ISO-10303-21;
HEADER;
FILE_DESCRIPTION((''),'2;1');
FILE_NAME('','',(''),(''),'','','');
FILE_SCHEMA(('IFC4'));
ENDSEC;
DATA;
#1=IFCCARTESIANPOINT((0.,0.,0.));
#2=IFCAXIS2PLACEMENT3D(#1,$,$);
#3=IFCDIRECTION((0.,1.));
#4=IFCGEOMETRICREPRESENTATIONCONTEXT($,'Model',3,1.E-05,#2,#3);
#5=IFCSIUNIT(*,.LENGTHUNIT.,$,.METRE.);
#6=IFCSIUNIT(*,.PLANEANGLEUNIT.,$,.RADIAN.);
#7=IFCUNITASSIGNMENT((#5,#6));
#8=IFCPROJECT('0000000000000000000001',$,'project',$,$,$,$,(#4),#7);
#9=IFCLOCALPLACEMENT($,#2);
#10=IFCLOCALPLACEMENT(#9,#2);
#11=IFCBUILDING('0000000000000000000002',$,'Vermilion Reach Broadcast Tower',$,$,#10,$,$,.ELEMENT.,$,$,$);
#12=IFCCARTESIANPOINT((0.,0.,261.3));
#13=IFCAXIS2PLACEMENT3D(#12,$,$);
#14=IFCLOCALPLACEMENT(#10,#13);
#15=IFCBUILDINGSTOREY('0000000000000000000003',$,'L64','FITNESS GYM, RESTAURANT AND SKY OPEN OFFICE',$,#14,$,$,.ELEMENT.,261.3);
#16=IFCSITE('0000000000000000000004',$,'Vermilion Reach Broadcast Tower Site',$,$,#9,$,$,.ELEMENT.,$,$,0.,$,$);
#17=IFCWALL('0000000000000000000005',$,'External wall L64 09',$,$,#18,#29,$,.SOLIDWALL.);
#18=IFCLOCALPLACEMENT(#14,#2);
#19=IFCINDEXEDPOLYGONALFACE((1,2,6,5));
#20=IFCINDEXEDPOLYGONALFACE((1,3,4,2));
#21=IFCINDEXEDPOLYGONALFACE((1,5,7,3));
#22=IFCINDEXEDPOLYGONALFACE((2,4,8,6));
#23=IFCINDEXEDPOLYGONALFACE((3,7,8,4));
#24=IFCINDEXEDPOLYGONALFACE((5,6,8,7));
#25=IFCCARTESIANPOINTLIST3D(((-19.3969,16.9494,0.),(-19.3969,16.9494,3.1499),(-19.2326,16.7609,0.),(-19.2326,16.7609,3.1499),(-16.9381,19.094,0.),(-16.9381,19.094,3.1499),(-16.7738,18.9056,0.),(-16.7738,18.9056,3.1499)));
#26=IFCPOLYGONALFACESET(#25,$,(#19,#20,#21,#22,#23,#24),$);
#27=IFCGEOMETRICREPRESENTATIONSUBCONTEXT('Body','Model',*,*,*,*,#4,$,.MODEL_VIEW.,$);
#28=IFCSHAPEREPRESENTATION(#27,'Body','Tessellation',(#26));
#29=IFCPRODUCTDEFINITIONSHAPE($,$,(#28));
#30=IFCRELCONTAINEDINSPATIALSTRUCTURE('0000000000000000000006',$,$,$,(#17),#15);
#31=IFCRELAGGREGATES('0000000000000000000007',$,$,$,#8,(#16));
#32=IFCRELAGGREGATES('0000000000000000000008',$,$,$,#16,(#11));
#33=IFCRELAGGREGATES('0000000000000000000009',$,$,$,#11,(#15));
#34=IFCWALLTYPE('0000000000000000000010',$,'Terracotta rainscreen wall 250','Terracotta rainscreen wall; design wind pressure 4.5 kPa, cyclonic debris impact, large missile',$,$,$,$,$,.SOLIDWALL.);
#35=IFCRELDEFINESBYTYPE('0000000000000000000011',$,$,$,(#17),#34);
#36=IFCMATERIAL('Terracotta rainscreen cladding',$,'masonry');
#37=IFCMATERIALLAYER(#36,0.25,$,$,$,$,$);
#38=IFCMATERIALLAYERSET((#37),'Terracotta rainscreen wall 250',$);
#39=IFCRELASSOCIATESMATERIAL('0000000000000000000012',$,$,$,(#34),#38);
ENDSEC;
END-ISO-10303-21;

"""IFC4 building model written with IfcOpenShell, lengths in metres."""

from ifc_helpers import new_model, si_unit, direction, frame, frame_2d, origin, place, context, subcontext, project, spatial, rectangle, extrude, material, layer, layer_set, type_object, element, save


model = new_model("IFC4")

# Units and contexts
model_context = context("Model", 3, precision=1e-05, world=origin(), true_north=direction((0.0, 1.0)))
body_context = subcontext(model_context, "Body", "Model", "MODEL_VIEW")
ifc_project = project(units=[si_unit("LENGTHUNIT", "METRE"), si_unit("PLANEANGLEUNIT", "RADIAN")], contexts=[model_context])

# Site, building, storey
site_placement = place(None, origin())
site = spatial("IfcSite", under=ifc_project, at=site_placement, Name="Vermilion Reach Broadcast Tower Site", CompositionType="ELEMENT", RefElevation=0.0)
building_placement = place(site_placement, origin())
building = spatial("IfcBuilding", under=site, at=building_placement, Name="Vermilion Reach Broadcast Tower", CompositionType="ELEMENT")
storey_placement = place(building_placement, frame((0.0, 0.0, 261.3)))
storey = spatial("IfcBuildingStorey", under=building, at=storey_placement, Name="L64", Description="FITNESS GYM, RESTAURANT AND SKY OPEN OFFICE", CompositionType="ELEMENT", Elevation=261.3)

# Wall
ifc_material_1 = material(Name="Terracotta rainscreen cladding", Category="masonry")
ifc_layer_1 = layer(ifc_material_1, 0.25)
ifc_layer_set_1 = layer_set([ifc_layer_1], Name="Terracotta rainscreen wall 250")
wall_type_1 = type_object("IfcWallType", Name="Terracotta rainscreen wall 250", Description="Terracotta rainscreen wall; design wind pressure 4.5 kPa, cyclonic debris impact, large missile", PredefinedType="SOLIDWALL", material=ifc_layer_set_1)
wall_1_placement = place(storey_placement, frame((-16.856, 18.9998, 0.0), z_axis=(0.0, 0.0, 1.0), x_axis=(-0.753619, -0.657312, 0.0)))
element("IfcWall", 1, at=wall_1_placement, inside=storey, type_object=wall_type_1, Name="External wall L64 09", PredefinedType="SOLIDWALL", context=body_context, shape_type="SweptSolid", body=[
    extrude(rectangle(XDim=3.2627, YDim=0.25, at=frame_2d((1.6313, 0.0))), origin(), (0.0, 0.0, 1.0), 3.1499),
])

save(model, "model.ifc")
